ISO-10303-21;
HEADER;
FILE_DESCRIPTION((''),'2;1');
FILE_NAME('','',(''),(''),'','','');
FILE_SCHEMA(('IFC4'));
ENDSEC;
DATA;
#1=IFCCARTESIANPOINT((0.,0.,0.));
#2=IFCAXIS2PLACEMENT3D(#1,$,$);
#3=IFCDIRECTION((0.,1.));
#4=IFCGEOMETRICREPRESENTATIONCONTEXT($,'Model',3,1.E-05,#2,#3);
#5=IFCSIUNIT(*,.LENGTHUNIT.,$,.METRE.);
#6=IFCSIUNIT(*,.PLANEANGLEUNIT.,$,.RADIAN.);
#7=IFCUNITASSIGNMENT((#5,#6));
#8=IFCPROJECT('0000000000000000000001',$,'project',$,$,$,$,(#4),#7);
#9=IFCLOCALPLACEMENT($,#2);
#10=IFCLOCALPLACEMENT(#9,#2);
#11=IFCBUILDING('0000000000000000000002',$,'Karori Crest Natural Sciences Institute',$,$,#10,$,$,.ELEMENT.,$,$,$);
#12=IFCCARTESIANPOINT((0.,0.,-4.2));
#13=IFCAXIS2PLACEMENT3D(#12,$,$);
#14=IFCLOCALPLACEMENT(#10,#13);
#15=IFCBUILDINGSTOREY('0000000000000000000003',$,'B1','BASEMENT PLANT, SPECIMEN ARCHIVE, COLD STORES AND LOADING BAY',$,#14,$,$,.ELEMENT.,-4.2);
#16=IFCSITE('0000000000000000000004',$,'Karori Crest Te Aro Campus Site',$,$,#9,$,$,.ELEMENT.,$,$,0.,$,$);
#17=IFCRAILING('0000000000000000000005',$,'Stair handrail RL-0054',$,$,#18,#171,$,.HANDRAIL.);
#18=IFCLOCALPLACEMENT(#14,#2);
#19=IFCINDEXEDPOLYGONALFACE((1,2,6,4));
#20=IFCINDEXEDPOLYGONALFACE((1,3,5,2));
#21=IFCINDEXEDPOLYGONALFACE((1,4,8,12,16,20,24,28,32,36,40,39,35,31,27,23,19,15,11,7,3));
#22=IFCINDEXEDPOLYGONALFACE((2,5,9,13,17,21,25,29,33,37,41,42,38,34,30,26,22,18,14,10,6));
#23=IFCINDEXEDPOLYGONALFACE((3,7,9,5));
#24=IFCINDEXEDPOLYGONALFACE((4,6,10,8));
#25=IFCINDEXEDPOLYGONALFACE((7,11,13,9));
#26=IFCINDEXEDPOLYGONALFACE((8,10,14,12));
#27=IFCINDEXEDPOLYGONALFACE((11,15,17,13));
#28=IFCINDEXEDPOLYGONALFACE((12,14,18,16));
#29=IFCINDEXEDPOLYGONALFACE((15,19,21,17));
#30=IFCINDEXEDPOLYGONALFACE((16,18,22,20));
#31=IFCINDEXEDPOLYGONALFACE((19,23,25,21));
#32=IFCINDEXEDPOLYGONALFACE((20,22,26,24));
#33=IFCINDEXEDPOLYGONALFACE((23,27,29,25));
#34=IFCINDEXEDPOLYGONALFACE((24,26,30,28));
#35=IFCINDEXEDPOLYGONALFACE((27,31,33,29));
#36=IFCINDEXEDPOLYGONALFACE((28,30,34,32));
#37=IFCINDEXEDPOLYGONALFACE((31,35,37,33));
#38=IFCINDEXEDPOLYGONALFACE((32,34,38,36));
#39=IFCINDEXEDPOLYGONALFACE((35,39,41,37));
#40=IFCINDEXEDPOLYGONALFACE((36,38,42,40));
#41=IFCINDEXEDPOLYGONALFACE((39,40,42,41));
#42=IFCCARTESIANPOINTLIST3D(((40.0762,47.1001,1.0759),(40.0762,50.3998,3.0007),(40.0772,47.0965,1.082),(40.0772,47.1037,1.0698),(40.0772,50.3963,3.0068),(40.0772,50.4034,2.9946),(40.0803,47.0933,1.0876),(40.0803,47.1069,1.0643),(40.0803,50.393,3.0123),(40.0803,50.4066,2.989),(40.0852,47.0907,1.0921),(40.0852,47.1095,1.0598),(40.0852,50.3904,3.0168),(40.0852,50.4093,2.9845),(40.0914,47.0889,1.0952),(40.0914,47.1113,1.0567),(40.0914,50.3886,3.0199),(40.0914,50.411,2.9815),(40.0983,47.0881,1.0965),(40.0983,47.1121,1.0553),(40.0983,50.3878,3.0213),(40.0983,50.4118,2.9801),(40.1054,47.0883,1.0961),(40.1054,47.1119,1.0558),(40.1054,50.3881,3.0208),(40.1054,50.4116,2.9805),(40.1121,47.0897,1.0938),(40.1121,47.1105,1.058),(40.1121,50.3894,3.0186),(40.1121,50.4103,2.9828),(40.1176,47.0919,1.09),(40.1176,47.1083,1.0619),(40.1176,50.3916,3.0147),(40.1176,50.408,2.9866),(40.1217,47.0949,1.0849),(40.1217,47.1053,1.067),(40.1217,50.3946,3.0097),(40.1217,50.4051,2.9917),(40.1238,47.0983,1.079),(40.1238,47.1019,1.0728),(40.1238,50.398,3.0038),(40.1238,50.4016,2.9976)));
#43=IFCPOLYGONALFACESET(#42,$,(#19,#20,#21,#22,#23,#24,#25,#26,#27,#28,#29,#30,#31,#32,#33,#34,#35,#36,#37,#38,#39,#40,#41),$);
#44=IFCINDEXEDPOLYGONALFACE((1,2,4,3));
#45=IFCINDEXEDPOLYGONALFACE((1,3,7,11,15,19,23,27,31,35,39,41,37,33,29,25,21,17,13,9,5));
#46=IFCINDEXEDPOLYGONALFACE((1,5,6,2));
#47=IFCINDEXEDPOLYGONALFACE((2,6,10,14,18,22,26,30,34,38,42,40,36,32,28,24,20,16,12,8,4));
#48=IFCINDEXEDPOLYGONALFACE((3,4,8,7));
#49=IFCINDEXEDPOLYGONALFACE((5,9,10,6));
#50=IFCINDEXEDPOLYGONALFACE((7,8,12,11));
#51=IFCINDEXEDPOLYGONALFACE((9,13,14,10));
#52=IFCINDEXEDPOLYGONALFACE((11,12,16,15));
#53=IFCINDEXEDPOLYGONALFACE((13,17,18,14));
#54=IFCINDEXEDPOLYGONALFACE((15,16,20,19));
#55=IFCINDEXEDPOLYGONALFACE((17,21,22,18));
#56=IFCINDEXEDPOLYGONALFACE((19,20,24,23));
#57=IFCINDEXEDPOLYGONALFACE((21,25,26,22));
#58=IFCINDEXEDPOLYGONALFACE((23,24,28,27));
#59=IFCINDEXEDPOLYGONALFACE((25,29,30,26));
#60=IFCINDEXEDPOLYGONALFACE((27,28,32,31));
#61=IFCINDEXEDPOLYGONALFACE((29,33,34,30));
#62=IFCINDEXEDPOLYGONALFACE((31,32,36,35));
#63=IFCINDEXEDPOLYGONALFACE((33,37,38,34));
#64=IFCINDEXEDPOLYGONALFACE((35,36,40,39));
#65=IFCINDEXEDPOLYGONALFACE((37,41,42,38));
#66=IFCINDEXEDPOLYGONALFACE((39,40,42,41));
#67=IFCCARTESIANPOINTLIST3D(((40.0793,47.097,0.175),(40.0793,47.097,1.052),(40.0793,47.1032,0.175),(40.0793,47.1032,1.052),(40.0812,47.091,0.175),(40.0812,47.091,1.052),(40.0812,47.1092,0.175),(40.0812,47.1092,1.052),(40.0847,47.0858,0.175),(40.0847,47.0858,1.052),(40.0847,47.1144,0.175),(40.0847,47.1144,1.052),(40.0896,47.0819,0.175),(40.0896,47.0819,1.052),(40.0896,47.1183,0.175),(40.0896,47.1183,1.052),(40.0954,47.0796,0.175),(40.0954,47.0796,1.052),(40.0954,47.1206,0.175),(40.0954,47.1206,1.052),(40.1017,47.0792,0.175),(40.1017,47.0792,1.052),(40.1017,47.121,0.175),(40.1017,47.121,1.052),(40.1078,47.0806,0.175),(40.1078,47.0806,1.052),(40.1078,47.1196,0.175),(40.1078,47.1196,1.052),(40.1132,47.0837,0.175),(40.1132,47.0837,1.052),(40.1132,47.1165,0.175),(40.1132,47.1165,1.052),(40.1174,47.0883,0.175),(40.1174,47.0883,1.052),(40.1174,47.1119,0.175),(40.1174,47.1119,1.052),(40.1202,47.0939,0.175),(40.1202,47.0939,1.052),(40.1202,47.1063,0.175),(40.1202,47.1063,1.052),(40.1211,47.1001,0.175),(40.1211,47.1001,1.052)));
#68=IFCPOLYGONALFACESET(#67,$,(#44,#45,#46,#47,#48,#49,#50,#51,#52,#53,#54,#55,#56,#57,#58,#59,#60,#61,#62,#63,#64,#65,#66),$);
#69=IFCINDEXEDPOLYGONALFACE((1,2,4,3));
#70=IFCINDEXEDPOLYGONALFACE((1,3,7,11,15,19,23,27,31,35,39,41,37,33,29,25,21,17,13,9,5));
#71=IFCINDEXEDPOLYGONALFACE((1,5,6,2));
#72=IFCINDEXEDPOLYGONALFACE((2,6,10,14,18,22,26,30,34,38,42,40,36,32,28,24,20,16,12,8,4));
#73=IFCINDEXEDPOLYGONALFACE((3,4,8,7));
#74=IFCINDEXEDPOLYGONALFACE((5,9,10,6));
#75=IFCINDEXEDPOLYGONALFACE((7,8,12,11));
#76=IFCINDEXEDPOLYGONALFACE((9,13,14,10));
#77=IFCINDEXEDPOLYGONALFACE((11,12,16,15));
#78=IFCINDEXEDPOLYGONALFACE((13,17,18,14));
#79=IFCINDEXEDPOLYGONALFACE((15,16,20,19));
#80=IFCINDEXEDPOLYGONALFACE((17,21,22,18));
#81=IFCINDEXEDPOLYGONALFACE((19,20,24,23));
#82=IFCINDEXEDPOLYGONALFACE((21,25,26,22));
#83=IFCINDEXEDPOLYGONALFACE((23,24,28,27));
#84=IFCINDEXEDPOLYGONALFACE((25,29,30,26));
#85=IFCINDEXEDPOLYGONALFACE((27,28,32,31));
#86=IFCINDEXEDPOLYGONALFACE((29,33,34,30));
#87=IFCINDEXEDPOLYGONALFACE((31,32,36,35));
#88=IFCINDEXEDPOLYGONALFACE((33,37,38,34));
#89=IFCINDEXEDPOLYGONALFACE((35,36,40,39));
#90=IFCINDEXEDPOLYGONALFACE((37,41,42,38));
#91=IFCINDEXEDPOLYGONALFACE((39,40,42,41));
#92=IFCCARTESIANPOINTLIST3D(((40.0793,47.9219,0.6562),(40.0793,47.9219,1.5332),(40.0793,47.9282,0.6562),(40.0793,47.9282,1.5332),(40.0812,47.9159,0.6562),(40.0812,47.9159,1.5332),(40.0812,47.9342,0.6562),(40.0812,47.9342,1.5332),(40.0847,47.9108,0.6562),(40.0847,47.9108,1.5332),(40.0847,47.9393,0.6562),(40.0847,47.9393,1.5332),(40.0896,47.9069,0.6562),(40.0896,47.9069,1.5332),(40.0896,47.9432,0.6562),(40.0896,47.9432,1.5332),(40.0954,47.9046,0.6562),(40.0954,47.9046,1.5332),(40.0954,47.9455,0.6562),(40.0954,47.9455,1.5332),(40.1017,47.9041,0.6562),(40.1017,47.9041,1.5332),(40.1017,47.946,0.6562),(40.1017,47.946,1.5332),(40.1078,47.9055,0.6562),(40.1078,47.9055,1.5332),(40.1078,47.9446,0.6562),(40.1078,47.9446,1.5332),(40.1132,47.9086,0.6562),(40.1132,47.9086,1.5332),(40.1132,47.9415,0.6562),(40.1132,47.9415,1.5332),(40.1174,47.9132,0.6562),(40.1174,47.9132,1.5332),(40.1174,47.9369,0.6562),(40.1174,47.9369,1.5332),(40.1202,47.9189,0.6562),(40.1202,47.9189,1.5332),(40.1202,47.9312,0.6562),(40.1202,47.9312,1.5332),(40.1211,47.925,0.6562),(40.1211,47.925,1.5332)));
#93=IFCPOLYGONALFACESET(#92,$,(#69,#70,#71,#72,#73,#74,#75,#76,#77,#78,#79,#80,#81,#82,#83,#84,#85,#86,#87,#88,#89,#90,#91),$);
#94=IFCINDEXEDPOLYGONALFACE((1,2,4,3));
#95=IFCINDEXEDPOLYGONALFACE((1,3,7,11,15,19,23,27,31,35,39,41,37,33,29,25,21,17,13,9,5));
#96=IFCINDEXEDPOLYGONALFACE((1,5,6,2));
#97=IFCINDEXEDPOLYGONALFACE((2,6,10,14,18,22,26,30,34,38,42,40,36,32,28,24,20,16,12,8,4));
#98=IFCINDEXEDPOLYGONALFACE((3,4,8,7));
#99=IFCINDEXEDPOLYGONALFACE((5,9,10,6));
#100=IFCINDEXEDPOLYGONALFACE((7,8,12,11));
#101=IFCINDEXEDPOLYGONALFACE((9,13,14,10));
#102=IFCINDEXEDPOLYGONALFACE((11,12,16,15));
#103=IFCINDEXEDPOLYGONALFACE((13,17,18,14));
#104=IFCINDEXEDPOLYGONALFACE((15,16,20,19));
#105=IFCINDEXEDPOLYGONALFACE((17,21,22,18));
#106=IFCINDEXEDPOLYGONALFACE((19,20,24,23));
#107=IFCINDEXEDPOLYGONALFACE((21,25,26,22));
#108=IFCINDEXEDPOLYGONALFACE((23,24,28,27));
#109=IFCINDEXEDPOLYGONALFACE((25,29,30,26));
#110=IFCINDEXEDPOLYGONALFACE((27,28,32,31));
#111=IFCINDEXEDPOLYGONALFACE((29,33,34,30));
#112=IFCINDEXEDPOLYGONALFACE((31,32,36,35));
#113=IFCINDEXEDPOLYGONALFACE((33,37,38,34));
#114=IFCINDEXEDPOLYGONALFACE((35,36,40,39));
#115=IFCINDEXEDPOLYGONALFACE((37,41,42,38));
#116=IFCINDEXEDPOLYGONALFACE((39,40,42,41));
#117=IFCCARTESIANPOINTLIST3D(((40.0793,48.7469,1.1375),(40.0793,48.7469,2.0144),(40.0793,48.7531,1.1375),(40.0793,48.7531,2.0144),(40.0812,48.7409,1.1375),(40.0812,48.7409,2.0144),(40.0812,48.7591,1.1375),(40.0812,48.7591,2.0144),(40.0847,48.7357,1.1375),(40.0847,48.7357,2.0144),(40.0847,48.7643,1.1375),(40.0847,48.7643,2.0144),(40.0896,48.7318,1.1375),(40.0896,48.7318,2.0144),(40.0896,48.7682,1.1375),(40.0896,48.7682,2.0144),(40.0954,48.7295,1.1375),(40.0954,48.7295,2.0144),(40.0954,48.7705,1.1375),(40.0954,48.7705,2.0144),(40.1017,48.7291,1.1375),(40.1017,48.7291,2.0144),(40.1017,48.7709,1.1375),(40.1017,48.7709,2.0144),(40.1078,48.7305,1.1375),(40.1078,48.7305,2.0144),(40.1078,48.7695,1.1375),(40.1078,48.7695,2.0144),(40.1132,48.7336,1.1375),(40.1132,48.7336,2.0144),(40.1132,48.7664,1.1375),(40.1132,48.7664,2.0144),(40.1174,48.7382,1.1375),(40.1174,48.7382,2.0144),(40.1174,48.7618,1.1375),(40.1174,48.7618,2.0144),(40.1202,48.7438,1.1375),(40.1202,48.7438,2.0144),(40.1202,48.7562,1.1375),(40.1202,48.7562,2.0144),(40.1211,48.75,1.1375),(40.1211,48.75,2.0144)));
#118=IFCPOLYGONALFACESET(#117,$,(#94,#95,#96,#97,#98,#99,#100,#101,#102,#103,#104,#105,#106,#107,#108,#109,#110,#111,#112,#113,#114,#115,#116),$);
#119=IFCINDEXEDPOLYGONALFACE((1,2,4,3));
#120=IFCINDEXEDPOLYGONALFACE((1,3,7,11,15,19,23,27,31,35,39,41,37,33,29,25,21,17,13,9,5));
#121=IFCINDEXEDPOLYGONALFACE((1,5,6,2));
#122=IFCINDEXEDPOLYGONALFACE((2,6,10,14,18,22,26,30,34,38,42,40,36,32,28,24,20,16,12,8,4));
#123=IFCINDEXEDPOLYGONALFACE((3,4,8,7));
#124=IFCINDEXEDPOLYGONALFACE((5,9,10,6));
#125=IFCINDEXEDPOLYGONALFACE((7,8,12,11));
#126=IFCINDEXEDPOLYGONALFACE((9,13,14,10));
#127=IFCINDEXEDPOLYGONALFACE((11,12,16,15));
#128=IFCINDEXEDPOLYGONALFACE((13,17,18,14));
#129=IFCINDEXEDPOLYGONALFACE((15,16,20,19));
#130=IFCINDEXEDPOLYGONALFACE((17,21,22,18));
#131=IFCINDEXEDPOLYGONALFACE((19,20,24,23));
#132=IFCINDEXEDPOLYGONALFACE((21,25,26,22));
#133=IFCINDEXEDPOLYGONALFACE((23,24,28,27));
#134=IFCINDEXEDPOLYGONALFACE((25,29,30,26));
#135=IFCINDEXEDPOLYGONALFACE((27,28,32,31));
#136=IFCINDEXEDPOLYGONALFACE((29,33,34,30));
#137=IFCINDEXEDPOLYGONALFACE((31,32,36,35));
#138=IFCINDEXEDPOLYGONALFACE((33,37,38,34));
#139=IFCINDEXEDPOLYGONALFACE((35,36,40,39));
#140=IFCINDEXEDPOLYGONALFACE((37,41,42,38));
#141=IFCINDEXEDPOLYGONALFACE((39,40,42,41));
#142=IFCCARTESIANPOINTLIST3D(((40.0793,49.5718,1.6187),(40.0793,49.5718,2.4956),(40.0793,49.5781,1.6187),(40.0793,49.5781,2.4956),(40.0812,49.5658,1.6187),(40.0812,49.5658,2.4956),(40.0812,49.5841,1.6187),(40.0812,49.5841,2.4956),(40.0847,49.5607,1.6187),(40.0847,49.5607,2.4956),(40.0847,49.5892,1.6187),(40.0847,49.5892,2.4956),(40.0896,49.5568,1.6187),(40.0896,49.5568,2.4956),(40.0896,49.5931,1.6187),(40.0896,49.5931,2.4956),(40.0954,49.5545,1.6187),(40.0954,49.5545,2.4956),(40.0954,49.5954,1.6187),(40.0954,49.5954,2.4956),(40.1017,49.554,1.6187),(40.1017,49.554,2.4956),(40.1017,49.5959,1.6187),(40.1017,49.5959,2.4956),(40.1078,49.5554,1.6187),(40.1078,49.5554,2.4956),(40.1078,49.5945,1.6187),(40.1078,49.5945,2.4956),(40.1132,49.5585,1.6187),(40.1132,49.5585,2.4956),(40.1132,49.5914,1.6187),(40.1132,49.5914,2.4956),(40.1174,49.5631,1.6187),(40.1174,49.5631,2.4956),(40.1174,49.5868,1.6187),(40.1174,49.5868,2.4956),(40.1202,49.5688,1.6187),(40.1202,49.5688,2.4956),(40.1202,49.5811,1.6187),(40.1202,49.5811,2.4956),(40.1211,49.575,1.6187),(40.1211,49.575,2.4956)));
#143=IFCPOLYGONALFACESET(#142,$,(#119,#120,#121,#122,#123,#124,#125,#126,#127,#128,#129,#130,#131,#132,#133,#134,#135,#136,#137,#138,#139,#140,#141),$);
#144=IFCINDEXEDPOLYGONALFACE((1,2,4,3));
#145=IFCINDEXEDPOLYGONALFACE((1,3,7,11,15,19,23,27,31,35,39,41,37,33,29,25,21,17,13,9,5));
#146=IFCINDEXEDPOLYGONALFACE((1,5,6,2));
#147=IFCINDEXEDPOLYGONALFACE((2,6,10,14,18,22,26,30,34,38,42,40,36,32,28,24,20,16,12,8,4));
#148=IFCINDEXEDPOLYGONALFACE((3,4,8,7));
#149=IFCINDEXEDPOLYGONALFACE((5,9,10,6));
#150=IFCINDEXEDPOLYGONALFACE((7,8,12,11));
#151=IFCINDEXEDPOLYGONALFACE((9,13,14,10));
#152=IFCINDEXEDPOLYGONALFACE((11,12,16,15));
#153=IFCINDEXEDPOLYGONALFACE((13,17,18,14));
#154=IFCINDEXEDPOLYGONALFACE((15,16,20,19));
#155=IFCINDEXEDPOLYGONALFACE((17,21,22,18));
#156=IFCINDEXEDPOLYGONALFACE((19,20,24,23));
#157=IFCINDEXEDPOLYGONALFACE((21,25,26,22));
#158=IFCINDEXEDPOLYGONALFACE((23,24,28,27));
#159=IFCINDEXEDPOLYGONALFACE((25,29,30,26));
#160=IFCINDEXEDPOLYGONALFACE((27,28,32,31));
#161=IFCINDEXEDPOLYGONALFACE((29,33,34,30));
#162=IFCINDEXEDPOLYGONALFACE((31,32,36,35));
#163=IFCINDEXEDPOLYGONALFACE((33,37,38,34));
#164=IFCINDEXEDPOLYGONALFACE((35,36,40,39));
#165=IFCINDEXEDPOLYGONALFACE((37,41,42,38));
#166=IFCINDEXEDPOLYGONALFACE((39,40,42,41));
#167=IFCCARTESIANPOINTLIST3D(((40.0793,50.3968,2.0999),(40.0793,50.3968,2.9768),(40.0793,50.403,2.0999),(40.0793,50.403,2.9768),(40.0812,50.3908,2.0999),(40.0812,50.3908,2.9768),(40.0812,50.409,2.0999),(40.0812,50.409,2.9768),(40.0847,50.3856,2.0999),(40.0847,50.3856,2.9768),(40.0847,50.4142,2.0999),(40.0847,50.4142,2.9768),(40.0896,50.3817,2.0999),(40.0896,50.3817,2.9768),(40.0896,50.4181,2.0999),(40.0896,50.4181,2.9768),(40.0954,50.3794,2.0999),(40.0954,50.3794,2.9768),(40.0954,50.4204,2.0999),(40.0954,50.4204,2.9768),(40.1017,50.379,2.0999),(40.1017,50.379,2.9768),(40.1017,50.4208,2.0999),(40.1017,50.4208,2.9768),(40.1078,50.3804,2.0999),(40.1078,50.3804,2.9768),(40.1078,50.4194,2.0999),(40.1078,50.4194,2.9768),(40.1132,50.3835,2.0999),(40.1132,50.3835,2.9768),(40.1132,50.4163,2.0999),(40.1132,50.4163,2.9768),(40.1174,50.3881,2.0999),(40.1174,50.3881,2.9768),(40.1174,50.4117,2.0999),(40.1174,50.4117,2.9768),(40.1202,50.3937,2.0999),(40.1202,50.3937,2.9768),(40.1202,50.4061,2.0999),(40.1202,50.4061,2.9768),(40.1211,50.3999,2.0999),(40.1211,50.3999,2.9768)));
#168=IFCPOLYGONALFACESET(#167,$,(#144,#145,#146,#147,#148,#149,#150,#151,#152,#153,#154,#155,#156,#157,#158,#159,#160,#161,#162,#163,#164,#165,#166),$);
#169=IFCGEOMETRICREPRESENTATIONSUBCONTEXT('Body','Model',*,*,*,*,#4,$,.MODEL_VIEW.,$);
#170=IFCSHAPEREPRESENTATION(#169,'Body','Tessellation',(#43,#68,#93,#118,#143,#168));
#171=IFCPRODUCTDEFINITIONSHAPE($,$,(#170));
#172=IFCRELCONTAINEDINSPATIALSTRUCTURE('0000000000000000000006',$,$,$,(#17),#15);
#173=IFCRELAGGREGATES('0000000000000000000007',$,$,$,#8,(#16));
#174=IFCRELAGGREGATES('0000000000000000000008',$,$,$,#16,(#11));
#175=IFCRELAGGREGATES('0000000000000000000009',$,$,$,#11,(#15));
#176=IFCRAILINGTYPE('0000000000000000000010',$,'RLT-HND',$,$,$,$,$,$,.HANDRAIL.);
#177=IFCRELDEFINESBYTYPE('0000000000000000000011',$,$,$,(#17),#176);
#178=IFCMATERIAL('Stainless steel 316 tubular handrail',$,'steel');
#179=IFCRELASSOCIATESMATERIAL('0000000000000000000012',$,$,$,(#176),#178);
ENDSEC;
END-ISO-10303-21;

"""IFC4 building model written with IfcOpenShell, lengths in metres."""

from ifc_helpers import new_model, si_unit, direction, frame, origin, origin_2d, place, context, subcontext, project, spatial, circle, extrude, material, type_object, element, save


model = new_model("IFC4")

# Units and contexts
model_context = context("Model", 3, precision=1e-05, world=origin(), true_north=direction((0.0, 1.0)))
body_context = subcontext(model_context, "Body", "Model", "MODEL_VIEW")
ifc_project = project(units=[si_unit("LENGTHUNIT", "METRE"), si_unit("PLANEANGLEUNIT", "RADIAN")], contexts=[model_context])

# Site, building, storey
site_placement = place(None, origin())
site = spatial("IfcSite", under=ifc_project, at=site_placement, Name="Karori Crest Te Aro Campus Site", CompositionType="ELEMENT", RefElevation=0.0)
building_placement = place(site_placement, origin())
building = spatial("IfcBuilding", under=site, at=building_placement, Name="Karori Crest Natural Sciences Institute", CompositionType="ELEMENT")
storey_placement = place(building_placement, frame((0.0, 0.0, -4.2)))
storey = spatial("IfcBuildingStorey", under=building, at=storey_placement, Name="B1", Description="BASEMENT PLANT, SPECIMEN ARCHIVE, COLD STORES AND LOADING BAY", CompositionType="ELEMENT", Elevation=-4.2)

# Railing
ifc_material_1 = material(Name="Stainless steel 316 tubular handrail", Category="steel")
railing_type_1 = type_object("IfcRailingType", Name="RLT-HND", PredefinedType="HANDRAIL", material=ifc_material_1)
railing_1_placement = place(storey_placement, frame((40.1001, 47.1001, 0.175)))
element("IfcRailing", 1, at=railing_1_placement, inside=storey, type_object=railing_type_1, Name="Stair handrail RL-0054", PredefinedType="HANDRAIL", context=body_context, shape_type="SweptSolid", body=[
    extrude(circle(Radius=0.0239, at=origin_2d()), frame((0.0, 0.0, 0.9009), z_axis=(0.0, 0.863788, 0.503855), x_axis=(-1.0, 0.0, 0.0)), (0.0, 0.0, 1.0), 3.8201),
    extrude(circle(Radius=0.021, at=origin_2d()), origin(), (0.0, 0.0, 1.0), 0.877),
    extrude(circle(Radius=0.021, at=origin_2d()), frame((0.0, 0.825, 0.4812)), (0.0, 0.0, 1.0), 0.877),
    extrude(circle(Radius=0.021, at=origin_2d()), frame((0.0, 1.6499, 0.9624)), (0.0, 0.0, 1.0), 0.877),
    extrude(circle(Radius=0.021, at=origin_2d()), frame((0.0, 2.4749, 1.4436)), (0.0, 0.0, 1.0), 0.877),
    extrude(circle(Radius=0.021, at=origin_2d()), frame((0.0, 3.2998, 1.9248)), (0.0, 0.0, 1.0), 0.877),
])

save(model, "model.ifc")
